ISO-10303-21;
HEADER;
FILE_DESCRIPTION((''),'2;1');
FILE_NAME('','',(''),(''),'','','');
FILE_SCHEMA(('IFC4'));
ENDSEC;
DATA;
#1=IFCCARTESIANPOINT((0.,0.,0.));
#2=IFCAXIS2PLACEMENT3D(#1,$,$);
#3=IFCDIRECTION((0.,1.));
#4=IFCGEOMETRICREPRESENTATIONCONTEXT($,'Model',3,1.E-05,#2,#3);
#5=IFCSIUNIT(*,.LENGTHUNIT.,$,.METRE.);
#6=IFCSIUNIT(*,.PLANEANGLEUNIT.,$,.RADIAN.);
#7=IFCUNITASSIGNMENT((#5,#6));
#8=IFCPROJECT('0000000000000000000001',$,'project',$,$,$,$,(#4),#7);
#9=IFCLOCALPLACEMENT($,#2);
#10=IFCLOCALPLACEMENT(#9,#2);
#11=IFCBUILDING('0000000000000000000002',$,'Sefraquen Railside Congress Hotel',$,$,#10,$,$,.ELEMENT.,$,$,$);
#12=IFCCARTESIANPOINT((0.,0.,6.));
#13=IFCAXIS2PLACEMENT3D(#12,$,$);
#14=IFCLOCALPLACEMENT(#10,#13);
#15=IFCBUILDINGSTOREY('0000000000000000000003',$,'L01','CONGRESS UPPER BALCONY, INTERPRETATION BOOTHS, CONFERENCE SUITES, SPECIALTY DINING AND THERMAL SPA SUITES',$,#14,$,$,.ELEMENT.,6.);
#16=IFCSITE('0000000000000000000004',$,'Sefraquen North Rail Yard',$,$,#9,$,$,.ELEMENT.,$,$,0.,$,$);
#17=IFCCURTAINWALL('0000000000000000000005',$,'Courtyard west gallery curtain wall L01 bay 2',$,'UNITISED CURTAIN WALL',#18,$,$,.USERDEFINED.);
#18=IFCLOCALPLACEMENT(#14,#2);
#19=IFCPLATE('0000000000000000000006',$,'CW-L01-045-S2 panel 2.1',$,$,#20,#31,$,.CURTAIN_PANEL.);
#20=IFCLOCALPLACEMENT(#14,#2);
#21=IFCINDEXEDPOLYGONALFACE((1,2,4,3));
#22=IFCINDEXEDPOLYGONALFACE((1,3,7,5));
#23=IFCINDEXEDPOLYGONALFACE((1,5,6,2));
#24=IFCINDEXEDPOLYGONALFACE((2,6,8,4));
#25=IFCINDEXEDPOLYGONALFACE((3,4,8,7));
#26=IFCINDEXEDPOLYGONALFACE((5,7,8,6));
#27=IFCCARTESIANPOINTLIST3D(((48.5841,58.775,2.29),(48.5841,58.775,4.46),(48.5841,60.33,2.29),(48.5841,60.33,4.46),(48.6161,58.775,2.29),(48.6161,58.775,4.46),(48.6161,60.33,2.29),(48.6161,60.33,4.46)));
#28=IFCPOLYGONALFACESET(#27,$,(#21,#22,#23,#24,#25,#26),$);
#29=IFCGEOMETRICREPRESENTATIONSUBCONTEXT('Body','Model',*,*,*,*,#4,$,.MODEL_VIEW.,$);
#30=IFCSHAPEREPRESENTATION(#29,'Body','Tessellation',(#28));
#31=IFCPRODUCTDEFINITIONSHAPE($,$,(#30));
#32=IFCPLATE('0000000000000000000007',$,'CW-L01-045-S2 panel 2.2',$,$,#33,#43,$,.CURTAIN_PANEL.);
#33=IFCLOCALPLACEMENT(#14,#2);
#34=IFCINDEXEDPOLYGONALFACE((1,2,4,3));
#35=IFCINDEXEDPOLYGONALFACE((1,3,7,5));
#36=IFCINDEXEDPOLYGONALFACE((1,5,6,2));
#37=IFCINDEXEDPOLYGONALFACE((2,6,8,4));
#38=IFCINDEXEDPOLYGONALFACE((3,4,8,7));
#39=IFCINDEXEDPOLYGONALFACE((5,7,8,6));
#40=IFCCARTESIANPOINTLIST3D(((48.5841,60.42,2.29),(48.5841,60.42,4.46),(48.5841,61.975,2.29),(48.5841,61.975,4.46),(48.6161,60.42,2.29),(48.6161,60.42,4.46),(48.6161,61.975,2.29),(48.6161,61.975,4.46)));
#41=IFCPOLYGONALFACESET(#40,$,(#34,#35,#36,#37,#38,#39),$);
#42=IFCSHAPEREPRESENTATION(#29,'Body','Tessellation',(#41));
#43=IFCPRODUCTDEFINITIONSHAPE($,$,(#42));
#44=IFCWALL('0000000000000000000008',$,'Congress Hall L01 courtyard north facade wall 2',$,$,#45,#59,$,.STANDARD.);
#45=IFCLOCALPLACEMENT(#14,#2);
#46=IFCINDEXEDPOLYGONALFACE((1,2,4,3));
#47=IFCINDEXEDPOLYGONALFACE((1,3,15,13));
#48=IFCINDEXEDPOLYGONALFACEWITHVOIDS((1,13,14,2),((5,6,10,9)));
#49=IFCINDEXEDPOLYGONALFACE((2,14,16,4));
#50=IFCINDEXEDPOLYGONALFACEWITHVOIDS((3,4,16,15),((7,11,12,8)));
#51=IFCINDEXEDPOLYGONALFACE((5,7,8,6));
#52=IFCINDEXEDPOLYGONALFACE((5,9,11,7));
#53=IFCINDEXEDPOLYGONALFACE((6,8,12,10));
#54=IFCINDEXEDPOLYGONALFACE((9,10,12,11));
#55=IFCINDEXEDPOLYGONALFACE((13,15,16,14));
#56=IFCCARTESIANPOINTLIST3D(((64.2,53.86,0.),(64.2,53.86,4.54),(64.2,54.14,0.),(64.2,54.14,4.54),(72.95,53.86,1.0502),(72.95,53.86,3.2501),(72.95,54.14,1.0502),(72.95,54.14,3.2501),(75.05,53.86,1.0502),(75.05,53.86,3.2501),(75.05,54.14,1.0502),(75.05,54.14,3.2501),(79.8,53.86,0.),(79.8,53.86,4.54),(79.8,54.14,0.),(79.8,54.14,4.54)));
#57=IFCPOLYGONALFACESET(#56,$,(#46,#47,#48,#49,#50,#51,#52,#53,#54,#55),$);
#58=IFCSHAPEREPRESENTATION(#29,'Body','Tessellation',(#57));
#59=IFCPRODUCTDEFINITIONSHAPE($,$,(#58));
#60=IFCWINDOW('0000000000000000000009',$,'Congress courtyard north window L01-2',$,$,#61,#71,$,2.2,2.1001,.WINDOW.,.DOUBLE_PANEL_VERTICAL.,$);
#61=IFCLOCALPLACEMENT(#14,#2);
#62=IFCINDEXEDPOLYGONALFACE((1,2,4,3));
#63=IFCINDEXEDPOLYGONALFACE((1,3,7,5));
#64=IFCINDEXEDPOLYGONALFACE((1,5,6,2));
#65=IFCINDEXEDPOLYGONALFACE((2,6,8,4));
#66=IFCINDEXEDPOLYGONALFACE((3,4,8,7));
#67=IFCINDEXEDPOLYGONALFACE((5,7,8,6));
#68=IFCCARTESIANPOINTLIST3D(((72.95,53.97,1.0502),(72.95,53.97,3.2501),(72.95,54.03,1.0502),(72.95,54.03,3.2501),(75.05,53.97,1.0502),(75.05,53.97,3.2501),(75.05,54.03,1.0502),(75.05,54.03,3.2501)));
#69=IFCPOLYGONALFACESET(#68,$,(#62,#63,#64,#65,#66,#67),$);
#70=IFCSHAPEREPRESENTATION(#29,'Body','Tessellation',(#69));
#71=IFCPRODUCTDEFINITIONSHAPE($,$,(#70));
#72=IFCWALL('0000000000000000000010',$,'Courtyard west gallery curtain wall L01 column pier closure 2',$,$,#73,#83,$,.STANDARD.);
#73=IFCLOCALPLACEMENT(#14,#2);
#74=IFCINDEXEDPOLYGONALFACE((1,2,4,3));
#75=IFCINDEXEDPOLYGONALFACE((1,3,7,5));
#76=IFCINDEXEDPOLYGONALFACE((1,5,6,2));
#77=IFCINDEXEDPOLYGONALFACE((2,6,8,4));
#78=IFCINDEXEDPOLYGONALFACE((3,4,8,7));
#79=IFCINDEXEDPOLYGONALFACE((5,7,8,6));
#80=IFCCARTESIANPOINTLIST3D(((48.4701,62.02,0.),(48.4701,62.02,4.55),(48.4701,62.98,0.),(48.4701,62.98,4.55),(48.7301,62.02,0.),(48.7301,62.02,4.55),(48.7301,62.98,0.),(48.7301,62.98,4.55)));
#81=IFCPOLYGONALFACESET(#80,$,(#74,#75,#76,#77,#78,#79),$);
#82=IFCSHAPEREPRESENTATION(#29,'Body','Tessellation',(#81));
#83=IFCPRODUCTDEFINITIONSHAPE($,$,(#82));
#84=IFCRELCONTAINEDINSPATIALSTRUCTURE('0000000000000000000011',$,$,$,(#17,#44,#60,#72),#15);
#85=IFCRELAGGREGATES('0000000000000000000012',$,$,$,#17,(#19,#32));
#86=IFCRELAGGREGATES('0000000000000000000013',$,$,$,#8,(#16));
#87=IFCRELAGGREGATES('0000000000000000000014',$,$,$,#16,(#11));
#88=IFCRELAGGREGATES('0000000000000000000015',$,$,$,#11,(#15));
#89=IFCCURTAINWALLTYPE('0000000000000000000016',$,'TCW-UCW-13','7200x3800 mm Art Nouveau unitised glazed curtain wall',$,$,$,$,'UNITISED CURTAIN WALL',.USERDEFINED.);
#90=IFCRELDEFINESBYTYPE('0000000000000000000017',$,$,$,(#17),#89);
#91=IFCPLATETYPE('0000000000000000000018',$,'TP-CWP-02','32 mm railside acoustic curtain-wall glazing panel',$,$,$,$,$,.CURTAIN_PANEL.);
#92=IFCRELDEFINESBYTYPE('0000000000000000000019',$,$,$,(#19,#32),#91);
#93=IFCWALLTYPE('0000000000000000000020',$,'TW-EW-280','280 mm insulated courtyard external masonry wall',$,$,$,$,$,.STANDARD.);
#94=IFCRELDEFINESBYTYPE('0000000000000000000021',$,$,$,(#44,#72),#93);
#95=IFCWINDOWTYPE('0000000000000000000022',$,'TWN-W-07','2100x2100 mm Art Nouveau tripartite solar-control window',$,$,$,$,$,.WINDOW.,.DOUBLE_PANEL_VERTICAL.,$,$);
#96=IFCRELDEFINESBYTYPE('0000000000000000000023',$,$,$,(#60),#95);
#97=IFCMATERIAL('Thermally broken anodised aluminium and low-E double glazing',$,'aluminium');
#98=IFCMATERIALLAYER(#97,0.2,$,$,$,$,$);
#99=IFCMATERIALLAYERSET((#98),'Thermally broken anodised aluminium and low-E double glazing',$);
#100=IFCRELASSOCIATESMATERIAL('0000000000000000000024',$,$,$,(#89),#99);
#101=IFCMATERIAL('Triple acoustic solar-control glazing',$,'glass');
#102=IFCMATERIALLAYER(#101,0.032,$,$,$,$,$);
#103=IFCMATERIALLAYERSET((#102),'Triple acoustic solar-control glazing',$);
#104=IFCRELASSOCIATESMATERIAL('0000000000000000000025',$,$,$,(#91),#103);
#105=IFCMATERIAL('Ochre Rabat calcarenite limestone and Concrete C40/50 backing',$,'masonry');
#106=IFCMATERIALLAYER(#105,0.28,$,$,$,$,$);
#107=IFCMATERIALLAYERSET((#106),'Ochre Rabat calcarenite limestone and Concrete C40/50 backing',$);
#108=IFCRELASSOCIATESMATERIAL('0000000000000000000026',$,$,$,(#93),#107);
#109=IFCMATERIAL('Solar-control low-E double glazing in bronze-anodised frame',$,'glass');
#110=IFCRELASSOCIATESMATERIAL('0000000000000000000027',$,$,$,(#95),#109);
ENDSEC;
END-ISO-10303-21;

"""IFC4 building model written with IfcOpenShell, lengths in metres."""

from ifc_helpers import new_model, si_unit, direction, frame, frame_2d, origin, origin_2d, place, context, subcontext, project, spatial, rectangle, extrude, material, layer, layer_set, type_object, element, fill, aggregate, save


model = new_model("IFC4")

# Units and contexts
model_context = context("Model", 3, precision=1e-05, world=origin(), true_north=direction((0.0, 1.0)))
body_context = subcontext(model_context, "Body", "Model", "MODEL_VIEW")
ifc_project = project(units=[si_unit("LENGTHUNIT", "METRE"), si_unit("PLANEANGLEUNIT", "RADIAN")], contexts=[model_context])

# Site, building, storey
site_placement = place(None, origin())
site = spatial("IfcSite", under=ifc_project, at=site_placement, Name="Sefraquen North Rail Yard", CompositionType="ELEMENT", RefElevation=0.0)
building_placement = place(site_placement, origin())
building = spatial("IfcBuilding", under=site, at=building_placement, Name="Sefraquen Railside Congress Hotel", CompositionType="ELEMENT")
storey_placement = place(building_placement, frame((0.0, 0.0, 6.0)))
storey = spatial("IfcBuildingStorey", under=building, at=storey_placement, Name="L01", Description="CONGRESS UPPER BALCONY, INTERPRETATION BOOTHS, CONFERENCE SUITES, SPECIALTY DINING AND THERMAL SPA SUITES", CompositionType="ELEMENT", Elevation=6.0)

# Curtain wall
ifc_material_1 = material(Name="Thermally broken anodised aluminium and low-E double glazing", Category="aluminium")
ifc_layer_1 = layer(ifc_material_1, 0.2)
ifc_layer_set_1 = layer_set([ifc_layer_1], Name="Thermally broken anodised aluminium and low-E double glazing")
curtain_wall_type = type_object("IfcCurtainWallType", Name="TCW-UCW-13", Description="7200x3800 mm Art Nouveau unitised glazed curtain wall", ElementType="UNITISED CURTAIN WALL", PredefinedType="USERDEFINED", material=ifc_layer_set_1)
curtain_wall_1_placement = place(storey_placement, origin())
curtain_wall_1 = element("IfcCurtainWall", 1, at=curtain_wall_1_placement, inside=storey, type_object=curtain_wall_type, Name="Courtyard west gallery curtain wall L01 bay 2", ObjectType="UNITISED CURTAIN WALL", PredefinedType="USERDEFINED")

# Plates
ifc_material_2 = material(Name="Triple acoustic solar-control glazing", Category="glass")
ifc_layer_2 = layer(ifc_material_2, 0.032)
ifc_layer_set_2 = layer_set([ifc_layer_2], Name="Triple acoustic solar-control glazing")
plate_type_1 = type_object("IfcPlateType", Name="TP-CWP-02", Description="32 mm railside acoustic curtain-wall glazing panel", PredefinedType="CURTAIN_PANEL", material=ifc_layer_set_2)
plate_1_placement = place(storey_placement, frame((48.6001, 59.5525, 2.29), z_axis=(0.0, 0.0, 1.0), x_axis=(0.0, 1.0, 0.0)))
plate_1 = element("IfcPlate", 2, at=plate_1_placement, type_object=plate_type_1, Name="CW-L01-045-S2 panel 2.1", PredefinedType="CURTAIN_PANEL", context=body_context, shape_type="SweptSolid", body=[
    extrude(rectangle(XDim=1.5549, YDim=0.032, at=origin_2d()), origin(), (0.0, 0.0, 1.0), 2.1699),
])
plate_2_placement = place(storey_placement, frame((48.6001, 61.1975, 2.29), z_axis=(0.0, 0.0, 1.0), x_axis=(0.0, 1.0, 0.0)))
plate_2 = element("IfcPlate", 3, at=plate_2_placement, type_object=plate_type_1, Name="CW-L01-045-S2 panel 2.2", PredefinedType="CURTAIN_PANEL", context=body_context, shape_type="SweptSolid", body=[
    extrude(rectangle(XDim=1.5549, YDim=0.032, at=origin_2d()), origin(), (0.0, 0.0, 1.0), 2.1699),
])
aggregate(curtain_wall_1, [plate_1, plate_2])

# Wall, opening, window
ifc_material_3 = material(Name="Ochre Rabat calcarenite limestone and Concrete C40/50 backing", Category="masonry")
ifc_layer_3 = layer(ifc_material_3, 0.28)
ifc_layer_set_3 = layer_set([ifc_layer_3], Name="Ochre Rabat calcarenite limestone and Concrete C40/50 backing")
wall_type = type_object("IfcWallType", Name="TW-EW-280", Description="280 mm insulated courtyard external masonry wall", PredefinedType="STANDARD", material=ifc_layer_set_3)
wall_1_placement = place(storey_placement, frame((64.2, 54.0, 0.0), z_axis=(0.0, 0.0, 1.0), x_axis=(1.0, 0.0, 0.0)))
wall_1 = element("IfcWall", 4, at=wall_1_placement, inside=storey, type_object=wall_type, Name="Congress Hall L01 courtyard north facade wall 2", PredefinedType="STANDARD", context=body_context, shape_type="SweptSolid", body=[
    extrude(rectangle(XDim=15.6001, YDim=0.28, at=frame_2d((7.8, 0.0))), origin(), (0.0, 0.0, 1.0), 4.54),
])
opening_placement = place(wall_1_placement, frame((8.75, 0.0, 1.05)))
opening = element("IfcOpeningElement", 5, at=opening_placement, cuts=wall_1, PredefinedType="OPENING", context=body_context, shape_type="SweptSolid", body=[
    extrude(rectangle(XDim=2.1001, YDim=2.2, at=frame_2d((1.05, 1.1001))), frame((0.0, 0.1499, 0.0), z_axis=(0.0, -1.0, 0.0), x_axis=(1.0, 0.0, 0.0)), (0.0, 0.0, 1.0), 0.3),
])
ifc_material_4 = material(Name="Solar-control low-E double glazing in bronze-anodised frame", Category="glass")
window_type = type_object("IfcWindowType", Name="TWN-W-07", Description="2100x2100 mm Art Nouveau tripartite solar-control window", PartitioningType="DOUBLE_PANEL_VERTICAL", PredefinedType="WINDOW", material=ifc_material_4)
window_placement = place(opening_placement, origin())
window = element("IfcWindow", 6, at=window_placement, inside=storey, type_object=window_type, Name="Congress courtyard north window L01-2", OverallHeight=2.2, OverallWidth=2.1001, PartitioningType="DOUBLE_PANEL_VERTICAL", PredefinedType="WINDOW", context=body_context, shape_type="SweptSolid", body=[
    extrude(rectangle(XDim=2.1001, YDim=2.2, at=frame_2d((1.05, 1.1001))), frame((0.0, 0.03, 0.0), z_axis=(0.0, -1.0, 0.0), x_axis=(1.0, 0.0, 0.0)), (0.0, 0.0, 1.0), 0.0601),
])
fill(opening, window)

# Wall
wall_2_placement = place(storey_placement, frame((48.6001, 62.02, 0.0), z_axis=(0.0, 0.0, 1.0), x_axis=(0.0, 1.0, 0.0)))
element("IfcWall", 7, at=wall_2_placement, inside=storey, type_object=wall_type, Name="Courtyard west gallery curtain wall L01 column pier closure 2", PredefinedType="STANDARD", context=body_context, shape_type="SweptSolid", body=[
    extrude(rectangle(XDim=0.96, YDim=0.26, at=frame_2d((0.48, 0.0))), origin(), (0.0, 0.0, 1.0), 4.55),
])

save(model, "model.ifc")
